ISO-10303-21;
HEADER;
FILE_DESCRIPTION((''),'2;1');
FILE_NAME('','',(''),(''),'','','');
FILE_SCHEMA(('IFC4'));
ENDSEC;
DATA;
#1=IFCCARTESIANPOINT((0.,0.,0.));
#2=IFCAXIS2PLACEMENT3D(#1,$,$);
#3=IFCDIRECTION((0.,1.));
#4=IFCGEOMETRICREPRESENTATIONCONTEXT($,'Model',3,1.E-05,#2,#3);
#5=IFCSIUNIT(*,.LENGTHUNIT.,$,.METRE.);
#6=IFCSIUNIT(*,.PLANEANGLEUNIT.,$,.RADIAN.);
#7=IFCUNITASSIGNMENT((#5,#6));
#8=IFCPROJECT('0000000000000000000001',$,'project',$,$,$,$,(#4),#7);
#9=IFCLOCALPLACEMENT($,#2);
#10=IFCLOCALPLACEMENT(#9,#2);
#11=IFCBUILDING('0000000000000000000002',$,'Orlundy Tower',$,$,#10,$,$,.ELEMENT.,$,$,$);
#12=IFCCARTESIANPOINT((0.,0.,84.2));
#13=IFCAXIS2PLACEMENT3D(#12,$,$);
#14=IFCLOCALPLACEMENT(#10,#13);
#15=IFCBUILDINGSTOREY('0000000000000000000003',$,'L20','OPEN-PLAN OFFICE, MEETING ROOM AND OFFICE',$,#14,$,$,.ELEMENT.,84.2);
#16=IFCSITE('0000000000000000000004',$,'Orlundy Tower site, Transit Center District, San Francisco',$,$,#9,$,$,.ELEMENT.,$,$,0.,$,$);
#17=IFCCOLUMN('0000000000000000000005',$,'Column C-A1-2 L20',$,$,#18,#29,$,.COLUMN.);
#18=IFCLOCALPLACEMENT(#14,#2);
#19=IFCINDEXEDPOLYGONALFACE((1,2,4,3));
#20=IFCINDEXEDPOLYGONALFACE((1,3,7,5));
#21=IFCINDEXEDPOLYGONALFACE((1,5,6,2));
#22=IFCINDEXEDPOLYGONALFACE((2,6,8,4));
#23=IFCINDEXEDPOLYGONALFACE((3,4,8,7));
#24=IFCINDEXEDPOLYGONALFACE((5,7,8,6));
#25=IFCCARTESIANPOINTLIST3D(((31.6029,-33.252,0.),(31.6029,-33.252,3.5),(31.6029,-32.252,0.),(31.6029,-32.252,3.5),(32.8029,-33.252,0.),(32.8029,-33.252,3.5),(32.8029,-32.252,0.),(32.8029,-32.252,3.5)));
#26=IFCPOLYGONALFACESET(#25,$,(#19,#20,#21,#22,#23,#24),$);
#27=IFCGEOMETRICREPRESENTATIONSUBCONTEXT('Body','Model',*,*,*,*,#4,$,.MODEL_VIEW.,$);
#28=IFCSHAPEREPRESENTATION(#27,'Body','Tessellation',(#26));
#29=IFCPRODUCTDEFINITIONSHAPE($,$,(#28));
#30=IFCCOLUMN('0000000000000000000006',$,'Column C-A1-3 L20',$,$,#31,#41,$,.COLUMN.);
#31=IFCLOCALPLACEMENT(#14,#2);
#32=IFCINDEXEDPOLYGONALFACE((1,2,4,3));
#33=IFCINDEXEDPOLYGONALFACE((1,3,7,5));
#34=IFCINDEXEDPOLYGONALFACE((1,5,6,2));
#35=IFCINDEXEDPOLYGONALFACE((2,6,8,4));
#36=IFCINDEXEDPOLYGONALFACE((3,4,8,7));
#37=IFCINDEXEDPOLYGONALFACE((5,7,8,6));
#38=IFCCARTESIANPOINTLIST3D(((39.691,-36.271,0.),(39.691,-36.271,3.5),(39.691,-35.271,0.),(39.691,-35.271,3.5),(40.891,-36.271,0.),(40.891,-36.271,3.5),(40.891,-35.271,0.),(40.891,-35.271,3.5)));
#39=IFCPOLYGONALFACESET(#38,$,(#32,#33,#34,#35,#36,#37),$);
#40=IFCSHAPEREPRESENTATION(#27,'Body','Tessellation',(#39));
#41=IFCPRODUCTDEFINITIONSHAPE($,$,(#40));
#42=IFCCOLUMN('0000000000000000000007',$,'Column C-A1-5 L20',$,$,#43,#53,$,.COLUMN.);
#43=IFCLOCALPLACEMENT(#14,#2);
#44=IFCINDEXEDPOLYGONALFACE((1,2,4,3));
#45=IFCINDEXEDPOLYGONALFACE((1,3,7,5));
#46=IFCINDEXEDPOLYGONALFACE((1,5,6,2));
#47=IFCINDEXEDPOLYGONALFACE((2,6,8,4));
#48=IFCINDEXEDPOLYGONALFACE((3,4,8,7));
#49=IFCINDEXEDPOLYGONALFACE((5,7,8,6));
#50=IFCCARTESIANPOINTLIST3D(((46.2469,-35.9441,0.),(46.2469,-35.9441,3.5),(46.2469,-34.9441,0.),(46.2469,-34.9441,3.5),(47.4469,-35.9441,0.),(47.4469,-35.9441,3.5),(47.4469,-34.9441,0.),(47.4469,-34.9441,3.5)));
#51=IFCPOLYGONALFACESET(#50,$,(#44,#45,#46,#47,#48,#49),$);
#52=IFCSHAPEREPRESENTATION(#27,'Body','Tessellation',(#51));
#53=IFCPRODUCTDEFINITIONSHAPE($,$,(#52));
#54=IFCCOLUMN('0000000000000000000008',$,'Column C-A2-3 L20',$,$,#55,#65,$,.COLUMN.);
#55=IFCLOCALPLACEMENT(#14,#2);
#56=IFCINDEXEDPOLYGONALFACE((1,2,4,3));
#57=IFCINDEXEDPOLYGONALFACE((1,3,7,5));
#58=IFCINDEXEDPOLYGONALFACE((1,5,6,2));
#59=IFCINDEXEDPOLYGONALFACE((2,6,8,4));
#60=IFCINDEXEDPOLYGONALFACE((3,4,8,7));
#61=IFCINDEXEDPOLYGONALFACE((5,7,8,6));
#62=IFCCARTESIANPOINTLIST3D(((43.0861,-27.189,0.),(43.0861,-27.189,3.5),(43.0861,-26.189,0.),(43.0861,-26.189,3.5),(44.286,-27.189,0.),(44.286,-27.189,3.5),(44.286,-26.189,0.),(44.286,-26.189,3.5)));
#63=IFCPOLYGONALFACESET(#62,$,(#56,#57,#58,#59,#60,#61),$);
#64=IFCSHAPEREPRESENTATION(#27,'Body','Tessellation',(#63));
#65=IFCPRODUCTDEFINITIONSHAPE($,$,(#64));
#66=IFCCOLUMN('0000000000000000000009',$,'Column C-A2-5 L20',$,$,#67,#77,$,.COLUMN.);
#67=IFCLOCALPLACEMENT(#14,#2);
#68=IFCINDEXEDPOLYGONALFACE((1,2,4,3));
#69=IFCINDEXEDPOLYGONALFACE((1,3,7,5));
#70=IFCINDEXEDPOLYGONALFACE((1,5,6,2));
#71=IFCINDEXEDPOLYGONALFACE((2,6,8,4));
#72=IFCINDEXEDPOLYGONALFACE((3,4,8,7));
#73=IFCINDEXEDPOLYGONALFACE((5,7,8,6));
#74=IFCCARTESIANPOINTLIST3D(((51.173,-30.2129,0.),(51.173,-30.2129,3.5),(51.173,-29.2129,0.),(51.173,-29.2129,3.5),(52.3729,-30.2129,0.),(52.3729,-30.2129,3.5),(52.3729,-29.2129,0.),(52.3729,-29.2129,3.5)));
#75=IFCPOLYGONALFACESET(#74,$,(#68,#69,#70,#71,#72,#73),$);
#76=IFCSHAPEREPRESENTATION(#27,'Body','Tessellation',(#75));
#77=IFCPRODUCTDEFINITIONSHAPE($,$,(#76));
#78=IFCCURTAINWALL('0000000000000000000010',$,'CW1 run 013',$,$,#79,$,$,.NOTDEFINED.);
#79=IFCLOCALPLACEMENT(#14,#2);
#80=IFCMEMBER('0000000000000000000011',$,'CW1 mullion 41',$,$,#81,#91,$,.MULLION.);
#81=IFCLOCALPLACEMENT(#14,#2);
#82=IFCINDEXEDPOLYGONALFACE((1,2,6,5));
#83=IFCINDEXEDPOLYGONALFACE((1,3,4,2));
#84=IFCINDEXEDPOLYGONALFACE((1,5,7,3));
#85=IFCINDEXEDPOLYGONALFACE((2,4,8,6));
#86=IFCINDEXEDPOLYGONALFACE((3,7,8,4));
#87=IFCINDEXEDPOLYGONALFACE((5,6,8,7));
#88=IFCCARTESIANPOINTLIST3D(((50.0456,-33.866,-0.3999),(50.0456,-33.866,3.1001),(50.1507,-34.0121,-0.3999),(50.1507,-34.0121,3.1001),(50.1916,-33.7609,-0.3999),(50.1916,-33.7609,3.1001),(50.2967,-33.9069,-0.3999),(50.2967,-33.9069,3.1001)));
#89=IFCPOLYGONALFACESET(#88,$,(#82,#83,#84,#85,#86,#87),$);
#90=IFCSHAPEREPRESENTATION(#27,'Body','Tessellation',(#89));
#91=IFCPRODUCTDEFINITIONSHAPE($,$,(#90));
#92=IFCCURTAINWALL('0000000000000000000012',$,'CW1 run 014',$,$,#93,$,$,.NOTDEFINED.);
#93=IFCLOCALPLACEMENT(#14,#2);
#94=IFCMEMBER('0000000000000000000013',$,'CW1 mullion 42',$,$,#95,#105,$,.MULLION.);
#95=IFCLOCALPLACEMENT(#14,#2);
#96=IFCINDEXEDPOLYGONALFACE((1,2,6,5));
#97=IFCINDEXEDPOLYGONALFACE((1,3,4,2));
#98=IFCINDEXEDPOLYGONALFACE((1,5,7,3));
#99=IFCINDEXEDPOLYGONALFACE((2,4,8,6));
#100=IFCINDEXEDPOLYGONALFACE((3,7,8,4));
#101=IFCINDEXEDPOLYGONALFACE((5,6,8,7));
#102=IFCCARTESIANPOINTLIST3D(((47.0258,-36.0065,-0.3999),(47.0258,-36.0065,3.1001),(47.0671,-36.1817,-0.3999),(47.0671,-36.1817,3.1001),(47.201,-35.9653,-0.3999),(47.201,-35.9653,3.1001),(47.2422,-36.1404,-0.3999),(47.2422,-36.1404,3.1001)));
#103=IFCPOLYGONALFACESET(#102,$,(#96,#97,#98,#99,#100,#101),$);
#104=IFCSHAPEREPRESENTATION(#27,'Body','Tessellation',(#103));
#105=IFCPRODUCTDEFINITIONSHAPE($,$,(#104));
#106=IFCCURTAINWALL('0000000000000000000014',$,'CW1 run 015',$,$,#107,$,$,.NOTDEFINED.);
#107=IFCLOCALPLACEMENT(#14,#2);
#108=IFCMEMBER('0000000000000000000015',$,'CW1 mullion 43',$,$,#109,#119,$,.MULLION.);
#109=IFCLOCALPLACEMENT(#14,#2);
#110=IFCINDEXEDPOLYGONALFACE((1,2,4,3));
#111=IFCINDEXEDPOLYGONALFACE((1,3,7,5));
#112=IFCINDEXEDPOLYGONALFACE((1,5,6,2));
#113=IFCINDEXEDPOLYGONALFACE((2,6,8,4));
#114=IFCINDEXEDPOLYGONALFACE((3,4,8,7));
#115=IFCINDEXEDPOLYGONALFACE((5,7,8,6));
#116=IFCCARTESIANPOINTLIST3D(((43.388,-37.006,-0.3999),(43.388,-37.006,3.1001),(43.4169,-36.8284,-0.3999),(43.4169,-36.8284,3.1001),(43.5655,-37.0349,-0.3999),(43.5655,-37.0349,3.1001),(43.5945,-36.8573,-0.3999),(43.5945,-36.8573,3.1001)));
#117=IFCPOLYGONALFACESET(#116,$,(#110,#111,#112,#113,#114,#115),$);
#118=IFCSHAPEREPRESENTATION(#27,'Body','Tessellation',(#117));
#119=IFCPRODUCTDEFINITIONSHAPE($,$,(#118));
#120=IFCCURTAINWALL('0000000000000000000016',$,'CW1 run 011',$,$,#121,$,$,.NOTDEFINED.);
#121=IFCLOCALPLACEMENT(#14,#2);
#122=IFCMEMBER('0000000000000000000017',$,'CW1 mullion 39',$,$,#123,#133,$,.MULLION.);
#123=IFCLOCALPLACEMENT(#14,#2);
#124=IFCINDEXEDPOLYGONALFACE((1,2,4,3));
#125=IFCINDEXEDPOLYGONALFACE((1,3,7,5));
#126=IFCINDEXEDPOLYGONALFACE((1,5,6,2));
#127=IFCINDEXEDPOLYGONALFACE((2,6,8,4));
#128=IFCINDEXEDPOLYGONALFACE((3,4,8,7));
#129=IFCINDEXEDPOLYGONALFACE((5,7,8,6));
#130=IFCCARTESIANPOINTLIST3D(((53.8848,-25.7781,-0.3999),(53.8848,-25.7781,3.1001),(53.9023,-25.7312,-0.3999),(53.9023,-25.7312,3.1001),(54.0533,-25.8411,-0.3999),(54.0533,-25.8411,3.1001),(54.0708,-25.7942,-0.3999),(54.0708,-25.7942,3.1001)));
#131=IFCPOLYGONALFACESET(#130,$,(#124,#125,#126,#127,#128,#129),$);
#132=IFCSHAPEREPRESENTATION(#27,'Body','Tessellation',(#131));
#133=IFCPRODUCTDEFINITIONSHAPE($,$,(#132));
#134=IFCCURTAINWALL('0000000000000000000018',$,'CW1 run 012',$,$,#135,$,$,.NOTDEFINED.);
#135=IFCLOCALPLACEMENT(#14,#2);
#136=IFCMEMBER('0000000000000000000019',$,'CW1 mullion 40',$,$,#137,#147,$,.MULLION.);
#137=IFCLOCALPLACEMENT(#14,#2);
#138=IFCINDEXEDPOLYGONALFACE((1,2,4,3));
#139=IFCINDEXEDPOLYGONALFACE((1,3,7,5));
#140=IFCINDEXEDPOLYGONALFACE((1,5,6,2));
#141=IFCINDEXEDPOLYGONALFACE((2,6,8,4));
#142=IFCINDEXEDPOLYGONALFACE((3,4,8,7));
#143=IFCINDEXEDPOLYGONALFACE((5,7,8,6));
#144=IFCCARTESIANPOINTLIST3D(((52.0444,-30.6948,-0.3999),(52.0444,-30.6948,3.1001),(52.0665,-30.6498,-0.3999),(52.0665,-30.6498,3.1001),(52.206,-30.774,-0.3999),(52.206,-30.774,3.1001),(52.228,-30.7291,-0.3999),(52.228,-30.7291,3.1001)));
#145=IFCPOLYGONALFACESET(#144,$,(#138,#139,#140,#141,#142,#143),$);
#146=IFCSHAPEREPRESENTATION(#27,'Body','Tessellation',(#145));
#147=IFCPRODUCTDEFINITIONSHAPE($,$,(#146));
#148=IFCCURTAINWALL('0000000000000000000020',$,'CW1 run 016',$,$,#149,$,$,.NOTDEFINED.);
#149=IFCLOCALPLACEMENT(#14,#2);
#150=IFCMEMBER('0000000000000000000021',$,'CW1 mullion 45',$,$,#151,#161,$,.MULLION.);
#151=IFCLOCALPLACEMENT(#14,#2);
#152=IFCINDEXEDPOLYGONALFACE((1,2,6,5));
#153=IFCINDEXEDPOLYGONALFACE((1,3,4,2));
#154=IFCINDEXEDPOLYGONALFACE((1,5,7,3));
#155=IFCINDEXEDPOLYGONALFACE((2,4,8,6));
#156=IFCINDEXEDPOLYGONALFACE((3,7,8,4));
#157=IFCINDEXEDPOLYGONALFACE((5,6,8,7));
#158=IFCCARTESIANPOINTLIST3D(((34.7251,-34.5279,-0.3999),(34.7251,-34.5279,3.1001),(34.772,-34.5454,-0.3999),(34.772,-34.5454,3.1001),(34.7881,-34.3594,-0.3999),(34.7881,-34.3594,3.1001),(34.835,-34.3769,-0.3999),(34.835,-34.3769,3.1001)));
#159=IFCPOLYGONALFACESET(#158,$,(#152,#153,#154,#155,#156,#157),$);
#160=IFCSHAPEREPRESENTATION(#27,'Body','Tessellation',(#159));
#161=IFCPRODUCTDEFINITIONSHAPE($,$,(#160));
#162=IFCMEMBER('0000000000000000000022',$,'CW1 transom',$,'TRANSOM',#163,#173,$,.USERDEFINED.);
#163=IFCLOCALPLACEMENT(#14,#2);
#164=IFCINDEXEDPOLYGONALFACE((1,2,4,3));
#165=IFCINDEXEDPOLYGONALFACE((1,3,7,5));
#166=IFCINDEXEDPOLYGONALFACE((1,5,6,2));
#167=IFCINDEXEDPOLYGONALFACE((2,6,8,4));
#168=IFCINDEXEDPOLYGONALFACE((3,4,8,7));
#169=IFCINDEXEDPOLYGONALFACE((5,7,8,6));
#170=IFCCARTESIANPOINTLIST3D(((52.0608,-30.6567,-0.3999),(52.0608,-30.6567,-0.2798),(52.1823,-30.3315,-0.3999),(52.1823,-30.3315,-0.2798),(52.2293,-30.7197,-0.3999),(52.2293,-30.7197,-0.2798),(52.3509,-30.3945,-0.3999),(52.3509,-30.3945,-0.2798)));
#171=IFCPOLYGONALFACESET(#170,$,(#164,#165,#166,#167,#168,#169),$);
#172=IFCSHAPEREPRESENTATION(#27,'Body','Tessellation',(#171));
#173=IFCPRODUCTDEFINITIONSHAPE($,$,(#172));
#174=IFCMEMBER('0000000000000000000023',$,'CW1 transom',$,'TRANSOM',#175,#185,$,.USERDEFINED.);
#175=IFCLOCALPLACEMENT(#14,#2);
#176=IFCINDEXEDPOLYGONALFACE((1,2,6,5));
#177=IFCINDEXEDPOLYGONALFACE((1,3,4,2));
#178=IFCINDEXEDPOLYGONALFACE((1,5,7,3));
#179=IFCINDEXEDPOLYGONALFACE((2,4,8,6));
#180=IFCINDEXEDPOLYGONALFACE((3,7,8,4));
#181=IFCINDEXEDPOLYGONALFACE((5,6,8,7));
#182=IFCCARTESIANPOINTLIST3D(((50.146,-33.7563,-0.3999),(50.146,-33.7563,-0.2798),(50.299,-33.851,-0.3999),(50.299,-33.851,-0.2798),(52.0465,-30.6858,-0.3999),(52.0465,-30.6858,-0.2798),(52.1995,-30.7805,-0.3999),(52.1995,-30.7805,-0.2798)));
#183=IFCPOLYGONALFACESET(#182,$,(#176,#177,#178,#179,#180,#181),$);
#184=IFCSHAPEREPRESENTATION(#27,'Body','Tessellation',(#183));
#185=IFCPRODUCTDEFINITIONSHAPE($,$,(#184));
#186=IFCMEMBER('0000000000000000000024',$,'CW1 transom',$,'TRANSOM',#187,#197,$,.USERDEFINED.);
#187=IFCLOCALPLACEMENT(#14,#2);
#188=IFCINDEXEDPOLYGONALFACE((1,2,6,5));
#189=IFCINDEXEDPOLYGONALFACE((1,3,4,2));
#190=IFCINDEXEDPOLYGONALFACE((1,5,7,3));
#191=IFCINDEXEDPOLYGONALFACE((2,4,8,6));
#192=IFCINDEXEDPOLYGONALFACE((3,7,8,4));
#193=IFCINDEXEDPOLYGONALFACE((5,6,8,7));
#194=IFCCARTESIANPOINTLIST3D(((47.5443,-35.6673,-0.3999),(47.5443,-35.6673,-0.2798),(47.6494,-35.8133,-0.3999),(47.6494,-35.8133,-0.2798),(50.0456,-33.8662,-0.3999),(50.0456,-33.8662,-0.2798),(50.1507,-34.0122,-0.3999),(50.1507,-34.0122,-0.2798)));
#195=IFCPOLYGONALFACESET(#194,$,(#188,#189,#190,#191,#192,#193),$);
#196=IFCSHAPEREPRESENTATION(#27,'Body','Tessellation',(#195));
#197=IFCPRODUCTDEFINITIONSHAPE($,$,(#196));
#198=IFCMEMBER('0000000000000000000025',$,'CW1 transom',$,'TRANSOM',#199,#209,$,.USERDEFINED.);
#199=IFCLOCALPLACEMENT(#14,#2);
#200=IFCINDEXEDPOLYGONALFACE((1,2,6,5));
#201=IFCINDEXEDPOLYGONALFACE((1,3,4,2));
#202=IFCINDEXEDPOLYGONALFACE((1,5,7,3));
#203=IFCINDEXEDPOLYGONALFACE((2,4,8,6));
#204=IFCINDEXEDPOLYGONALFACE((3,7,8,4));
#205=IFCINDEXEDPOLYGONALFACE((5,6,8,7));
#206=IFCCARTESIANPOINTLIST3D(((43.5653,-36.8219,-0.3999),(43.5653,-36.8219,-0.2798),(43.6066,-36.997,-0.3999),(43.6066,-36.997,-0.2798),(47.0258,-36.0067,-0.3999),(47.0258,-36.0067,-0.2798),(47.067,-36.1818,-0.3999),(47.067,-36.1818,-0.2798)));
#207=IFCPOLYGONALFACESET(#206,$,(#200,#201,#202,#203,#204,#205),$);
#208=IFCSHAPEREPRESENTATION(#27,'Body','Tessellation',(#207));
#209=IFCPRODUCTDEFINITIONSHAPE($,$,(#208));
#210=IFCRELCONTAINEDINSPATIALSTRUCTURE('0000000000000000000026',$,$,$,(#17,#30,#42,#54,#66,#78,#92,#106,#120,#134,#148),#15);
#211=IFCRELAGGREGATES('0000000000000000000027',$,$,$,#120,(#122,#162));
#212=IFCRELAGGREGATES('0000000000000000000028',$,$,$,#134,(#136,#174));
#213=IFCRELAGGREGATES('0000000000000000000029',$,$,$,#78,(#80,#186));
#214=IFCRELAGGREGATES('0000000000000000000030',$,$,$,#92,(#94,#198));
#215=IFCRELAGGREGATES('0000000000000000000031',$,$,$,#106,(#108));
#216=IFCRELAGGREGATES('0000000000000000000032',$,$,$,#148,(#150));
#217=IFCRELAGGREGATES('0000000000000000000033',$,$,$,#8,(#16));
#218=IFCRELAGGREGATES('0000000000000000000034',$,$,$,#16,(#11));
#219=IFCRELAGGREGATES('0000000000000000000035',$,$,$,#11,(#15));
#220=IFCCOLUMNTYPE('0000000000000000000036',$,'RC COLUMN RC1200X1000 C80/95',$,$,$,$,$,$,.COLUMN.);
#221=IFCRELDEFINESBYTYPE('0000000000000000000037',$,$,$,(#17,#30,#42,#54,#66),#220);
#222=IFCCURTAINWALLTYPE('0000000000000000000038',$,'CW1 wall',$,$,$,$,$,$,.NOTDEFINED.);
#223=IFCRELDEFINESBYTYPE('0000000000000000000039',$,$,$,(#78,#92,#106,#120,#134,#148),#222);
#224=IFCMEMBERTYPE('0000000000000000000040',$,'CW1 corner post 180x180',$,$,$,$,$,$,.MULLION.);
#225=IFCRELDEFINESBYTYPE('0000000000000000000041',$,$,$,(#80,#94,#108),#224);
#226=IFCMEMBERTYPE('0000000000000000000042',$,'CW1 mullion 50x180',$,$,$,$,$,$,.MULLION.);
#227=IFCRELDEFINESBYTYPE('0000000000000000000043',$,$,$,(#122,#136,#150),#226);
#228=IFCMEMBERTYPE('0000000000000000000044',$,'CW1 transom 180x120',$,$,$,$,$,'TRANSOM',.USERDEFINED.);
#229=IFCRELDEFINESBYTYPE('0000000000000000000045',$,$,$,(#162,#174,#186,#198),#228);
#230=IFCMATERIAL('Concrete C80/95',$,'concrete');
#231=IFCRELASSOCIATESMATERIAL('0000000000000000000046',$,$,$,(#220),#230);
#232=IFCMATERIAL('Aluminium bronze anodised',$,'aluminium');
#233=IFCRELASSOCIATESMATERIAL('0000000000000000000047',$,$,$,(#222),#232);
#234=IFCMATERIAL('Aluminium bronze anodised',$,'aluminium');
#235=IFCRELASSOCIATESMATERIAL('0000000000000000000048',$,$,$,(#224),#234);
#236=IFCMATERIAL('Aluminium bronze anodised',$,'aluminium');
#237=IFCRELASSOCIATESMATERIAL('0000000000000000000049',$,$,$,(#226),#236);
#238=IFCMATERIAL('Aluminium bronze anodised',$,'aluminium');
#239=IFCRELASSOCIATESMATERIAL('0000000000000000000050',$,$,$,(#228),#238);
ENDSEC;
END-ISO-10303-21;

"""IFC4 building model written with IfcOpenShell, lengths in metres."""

from ifc_helpers import new_model, si_unit, direction, frame, origin, origin_2d, place, context, subcontext, project, spatial, rectangle, extrude, material, material_profile, profile_set, type_object, element, aggregate, save


model = new_model("IFC4")

# Units and contexts
model_context = context("Model", 3, precision=1e-05, world=origin(), true_north=direction((0.0, 1.0)))
body_context = subcontext(model_context, "Body", "Model", "MODEL_VIEW")
ifc_project = project(units=[si_unit("LENGTHUNIT", "METRE"), si_unit("PLANEANGLEUNIT", "RADIAN")], contexts=[model_context])

# Site, building, storey
site_placement = place(None, origin())
site = spatial("IfcSite", under=ifc_project, at=site_placement, Name="Orlundy Tower site, Transit Center District, San Francisco", CompositionType="ELEMENT", RefElevation=0.0)
building_placement = place(site_placement, origin())
building = spatial("IfcBuilding", under=site, at=building_placement, Name="Orlundy Tower", CompositionType="ELEMENT")
storey_placement = place(building_placement, frame((0.0, 0.0, 84.2)))
storey = spatial("IfcBuildingStorey", under=building, at=storey_placement, Name="L20", Description="OPEN-PLAN OFFICE, MEETING ROOM AND OFFICE", CompositionType="ELEMENT", Elevation=84.2)

# Columns
ifc_material_1 = material(Name="Concrete C80/95", Category="concrete")
ifc_material_profile_1 = material_profile(ifc_material_1, rectangle(XDim=1.2, YDim=1.0, at=origin_2d()), Name="RC1200X1000")
ifc_profile_set_1 = profile_set([ifc_material_profile_1], Name="Concrete C80/95")
column_type = type_object("IfcColumnType", Name="RC COLUMN RC1200X1000 C80/95", PredefinedType="COLUMN", material=ifc_profile_set_1)
for number, where, z_axis, x_axis, name in (
    (1, (32.2029, -32.752, 0.0), (0.0, 0.0, 1.0), (1.0, 0.0, 0.0), "Column C-A1-2 L20"),
    (2, (40.291, -35.771, 0.0), (0.0, 0.0, 1.0), (1.0, 0.0, 0.0), "Column C-A1-3 L20"),
    (3, (46.8469, -35.4441, 0.0), (0.0, 0.0, 1.0), (1.0, 0.0, 0.0), "Column C-A1-5 L20"),
    (4, (43.686, -26.689, 0.0), (0.0, 0.0, 1.0), (1.0, 0.0, 0.0), "Column C-A2-3 L20"),
    (5, (51.7729, -29.7129, 0.0), (0.0, 0.0, 1.0), (1.0, 0.0, 0.0), "Column C-A2-5 L20"),
):
    element("IfcColumn", number, at=place(storey_placement, frame(where, z_axis=z_axis, x_axis=x_axis)), inside=storey, type_object=column_type, Name=name, PredefinedType="COLUMN", context=body_context, shape_type="SweptSolid", body=[
        extrude(rectangle(XDim=1.2, YDim=1.0, at=origin_2d()), origin(), (0.0, 0.0, 1.0), 3.5),
    ])

# Curtain walls, members
ifc_material_2 = material(Name="Aluminium bronze anodised", Category="aluminium")
curtain_wall_type = type_object("IfcCurtainWallType", Name="CW1 wall", PredefinedType="NOTDEFINED", material=ifc_material_2)
curtain_wall_1_placement = place(storey_placement, origin())
curtain_wall_1 = element("IfcCurtainWall", 6, at=curtain_wall_1_placement, inside=storey, type_object=curtain_wall_type, Name="CW1 run 013", PredefinedType="NOTDEFINED")
ifc_material_3 = material(Name="Aluminium bronze anodised", Category="aluminium")
ifc_material_profile_2 = material_profile(ifc_material_3, rectangle(XDim=0.1799, YDim=0.1799, at=origin_2d()), Name="CW1 corner post 180x180")
ifc_profile_set_2 = profile_set([ifc_material_profile_2], Name="Aluminium bronze anodised")
member_type_1 = type_object("IfcMemberType", Name="CW1 corner post 180x180", PredefinedType="MULLION", material=ifc_profile_set_2)
member_1_placement = place(storey_placement, frame((50.1711, -33.8865, -0.3999), z_axis=(0.0, 0.0, 1.0), x_axis=(0.584347, -0.811504, 0.0)))
member_1 = element("IfcMember", 7, at=member_1_placement, type_object=member_type_1, Name="CW1 mullion 41", PredefinedType="MULLION", context=body_context, shape_type="SweptSolid", body=[
    extrude(rectangle(XDim=0.1799, YDim=0.1799, at=origin_2d()), origin(), (0.0, 0.0, 1.0), 3.5),
])
curtain_wall_2_placement = place(storey_placement, origin())
curtain_wall_2 = element("IfcCurtainWall", 8, at=curtain_wall_2_placement, inside=storey, type_object=curtain_wall_type, Name="CW1 run 014", PredefinedType="NOTDEFINED")
member_2_placement = place(storey_placement, frame((47.134, -36.0735, -0.3999), z_axis=(0.0, 0.0, 1.0), x_axis=(0.22931, -0.973353, 0.0)))
member_2 = element("IfcMember", 9, at=member_2_placement, type_object=member_type_1, Name="CW1 mullion 42", PredefinedType="MULLION", context=body_context, shape_type="SweptSolid", body=[
    extrude(rectangle(XDim=0.1799, YDim=0.1799, at=origin_2d()), origin(), (0.0, 0.0, 1.0), 3.5),
])
curtain_wall_3_placement = place(storey_placement, origin())
curtain_wall_3 = element("IfcCurtainWall", 10, at=curtain_wall_3_placement, inside=storey, type_object=curtain_wall_type, Name="CW1 run 015", PredefinedType="NOTDEFINED")
member_3_placement = place(storey_placement, frame((43.4912, -36.9316, -0.3999), z_axis=(0.0, 0.0, 1.0), x_axis=(-0.160767, -0.986992, 0.0)))
member_3 = element("IfcMember", 11, at=member_3_placement, type_object=member_type_1, Name="CW1 mullion 43", PredefinedType="MULLION", context=body_context, shape_type="SweptSolid", body=[
    extrude(rectangle(XDim=0.1799, YDim=0.1799, at=origin_2d()), origin(), (0.0, 0.0, 1.0), 3.5),
])
curtain_wall_4_placement = place(storey_placement, origin())
curtain_wall_4 = element("IfcCurtainWall", 12, at=curtain_wall_4_placement, inside=storey, type_object=curtain_wall_type, Name="CW1 run 011", PredefinedType="NOTDEFINED")
ifc_material_4 = material(Name="Aluminium bronze anodised", Category="aluminium")
ifc_material_profile_3 = material_profile(ifc_material_4, rectangle(XDim=0.1799, YDim=0.05, at=origin_2d()), Name="CW1 mullion 50x180")
ifc_profile_set_3 = profile_set([ifc_material_profile_3], Name="Aluminium bronze anodised")
member_type_2 = type_object("IfcMemberType", Name="CW1 mullion 50x180", PredefinedType="MULLION", material=ifc_profile_set_3)
member_4_placement = place(storey_placement, frame((53.9778, -25.7861, -0.3999), z_axis=(0.0, 0.0, 1.0), x_axis=(0.936677, -0.350194, 0.0)))
member_4 = element("IfcMember", 13, at=member_4_placement, type_object=member_type_2, Name="CW1 mullion 39", PredefinedType="MULLION", context=body_context, shape_type="SweptSolid", body=[
    extrude(rectangle(XDim=0.1799, YDim=0.05, at=origin_2d()), origin(), (0.0, 0.0, 1.0), 3.5),
])
curtain_wall_5_placement = place(storey_placement, origin())
curtain_wall_5 = element("IfcCurtainWall", 14, at=curtain_wall_5_placement, inside=storey, type_object=curtain_wall_type, Name="CW1 run 012", PredefinedType="NOTDEFINED")
member_5_placement = place(storey_placement, frame((52.1362, -30.7119, -0.3999), z_axis=(0.0, 0.0, 1.0), x_axis=(0.897814, -0.440374, 0.0)))
member_5 = element("IfcMember", 15, at=member_5_placement, type_object=member_type_2, Name="CW1 mullion 40", PredefinedType="MULLION", context=body_context, shape_type="SweptSolid", body=[
    extrude(rectangle(XDim=0.1799, YDim=0.05, at=origin_2d()), origin(), (0.0, 0.0, 1.0), 3.5),
])
curtain_wall_6_placement = place(storey_placement, origin())
curtain_wall_6 = element("IfcCurtainWall", 16, at=curtain_wall_6_placement, inside=storey, type_object=curtain_wall_type, Name="CW1 run 016", PredefinedType="NOTDEFINED")
member_6_placement = place(storey_placement, frame((34.78, -34.4524, -0.3999), z_axis=(0.0, 0.0, 1.0), x_axis=(-0.350219, -0.936668, 0.0)))
member_6 = element("IfcMember", 17, at=member_6_placement, type_object=member_type_2, Name="CW1 mullion 45", PredefinedType="MULLION", context=body_context, shape_type="SweptSolid", body=[
    extrude(rectangle(XDim=0.1799, YDim=0.05, at=origin_2d()), origin(), (0.0, 0.0, 1.0), 3.5),
])

# Members
ifc_material_5 = material(Name="Aluminium bronze anodised", Category="aluminium")
ifc_material_profile_4 = material_profile(ifc_material_5, rectangle(XDim=0.1799, YDim=0.1201, at=origin_2d()), Name="CW1 transom 180x120")
ifc_profile_set_4 = profile_set([ifc_material_profile_4], Name="Aluminium bronze anodised")
member_type_3 = type_object("IfcMemberType", Name="CW1 transom 180x120", ElementType="TRANSOM", PredefinedType="USERDEFINED", material=ifc_profile_set_4)
member_7_placement = place(storey_placement, frame((52.2666, -30.363, -0.3398), z_axis=(-0.350199, -0.936676, 0.0), x_axis=(0.936676, -0.350199, 0.0)))
member_7 = element("IfcMember", 18, at=member_7_placement, type_object=member_type_3, Name="CW1 transom", ObjectType="TRANSOM", PredefinedType="USERDEFINED", context=body_context, shape_type="SweptSolid", body=[
    extrude(rectangle(XDim=0.1799, YDim=0.1201, at=origin_2d()), origin(), (0.0, 0.0, 1.0), 0.3472),
])
member_8_placement = place(storey_placement, frame((52.123, -30.7332, -0.3398), z_axis=(-0.526317, -0.850288, 0.0), x_axis=(0.850288, -0.526317, 0.0)))
member_8 = element("IfcMember", 19, at=member_8_placement, type_object=member_type_3, Name="CW1 transom", ObjectType="TRANSOM", PredefinedType="USERDEFINED", context=body_context, shape_type="SweptSolid", body=[
    extrude(rectangle(XDim=0.1799, YDim=0.1201, at=origin_2d()), origin(), (0.0, 0.0, 1.0), 3.6111),
])
member_9_placement = place(storey_placement, frame((50.0981, -33.9392, -0.3398), z_axis=(-0.811512, -0.584336, 0.0), x_axis=(0.584336, -0.811512, 0.0)))
member_9 = element("IfcMember", 20, at=member_9_placement, type_object=member_type_3, Name="CW1 transom", ObjectType="TRANSOM", PredefinedType="USERDEFINED", context=body_context, shape_type="SweptSolid", body=[
    extrude(rectangle(XDim=0.1799, YDim=0.1201, at=origin_2d()), origin(), (0.0, 0.0, 1.0), 3.0823),
])
member_10_placement = place(storey_placement, frame((47.0464, -36.0942, -0.3398), z_axis=(-0.973357, -0.229296, 0.0), x_axis=(0.229296, -0.973357, 0.0)))
member_10 = element("IfcMember", 21, at=member_10_placement, type_object=member_type_3, Name="CW1 transom", ObjectType="TRANSOM", PredefinedType="USERDEFINED", context=body_context, shape_type="SweptSolid", body=[
    extrude(rectangle(XDim=0.1799, YDim=0.1201, at=origin_2d()), origin(), (0.0, 0.0, 1.0), 3.5552),
])

aggregate(curtain_wall_4, [member_4, member_7])
aggregate(curtain_wall_5, [member_5, member_8])
aggregate(curtain_wall_1, [member_1, member_9])
aggregate(curtain_wall_2, [member_2, member_10])
aggregate(curtain_wall_3, [member_3])
aggregate(curtain_wall_6, [member_6])

save(model, "model.ifc")
